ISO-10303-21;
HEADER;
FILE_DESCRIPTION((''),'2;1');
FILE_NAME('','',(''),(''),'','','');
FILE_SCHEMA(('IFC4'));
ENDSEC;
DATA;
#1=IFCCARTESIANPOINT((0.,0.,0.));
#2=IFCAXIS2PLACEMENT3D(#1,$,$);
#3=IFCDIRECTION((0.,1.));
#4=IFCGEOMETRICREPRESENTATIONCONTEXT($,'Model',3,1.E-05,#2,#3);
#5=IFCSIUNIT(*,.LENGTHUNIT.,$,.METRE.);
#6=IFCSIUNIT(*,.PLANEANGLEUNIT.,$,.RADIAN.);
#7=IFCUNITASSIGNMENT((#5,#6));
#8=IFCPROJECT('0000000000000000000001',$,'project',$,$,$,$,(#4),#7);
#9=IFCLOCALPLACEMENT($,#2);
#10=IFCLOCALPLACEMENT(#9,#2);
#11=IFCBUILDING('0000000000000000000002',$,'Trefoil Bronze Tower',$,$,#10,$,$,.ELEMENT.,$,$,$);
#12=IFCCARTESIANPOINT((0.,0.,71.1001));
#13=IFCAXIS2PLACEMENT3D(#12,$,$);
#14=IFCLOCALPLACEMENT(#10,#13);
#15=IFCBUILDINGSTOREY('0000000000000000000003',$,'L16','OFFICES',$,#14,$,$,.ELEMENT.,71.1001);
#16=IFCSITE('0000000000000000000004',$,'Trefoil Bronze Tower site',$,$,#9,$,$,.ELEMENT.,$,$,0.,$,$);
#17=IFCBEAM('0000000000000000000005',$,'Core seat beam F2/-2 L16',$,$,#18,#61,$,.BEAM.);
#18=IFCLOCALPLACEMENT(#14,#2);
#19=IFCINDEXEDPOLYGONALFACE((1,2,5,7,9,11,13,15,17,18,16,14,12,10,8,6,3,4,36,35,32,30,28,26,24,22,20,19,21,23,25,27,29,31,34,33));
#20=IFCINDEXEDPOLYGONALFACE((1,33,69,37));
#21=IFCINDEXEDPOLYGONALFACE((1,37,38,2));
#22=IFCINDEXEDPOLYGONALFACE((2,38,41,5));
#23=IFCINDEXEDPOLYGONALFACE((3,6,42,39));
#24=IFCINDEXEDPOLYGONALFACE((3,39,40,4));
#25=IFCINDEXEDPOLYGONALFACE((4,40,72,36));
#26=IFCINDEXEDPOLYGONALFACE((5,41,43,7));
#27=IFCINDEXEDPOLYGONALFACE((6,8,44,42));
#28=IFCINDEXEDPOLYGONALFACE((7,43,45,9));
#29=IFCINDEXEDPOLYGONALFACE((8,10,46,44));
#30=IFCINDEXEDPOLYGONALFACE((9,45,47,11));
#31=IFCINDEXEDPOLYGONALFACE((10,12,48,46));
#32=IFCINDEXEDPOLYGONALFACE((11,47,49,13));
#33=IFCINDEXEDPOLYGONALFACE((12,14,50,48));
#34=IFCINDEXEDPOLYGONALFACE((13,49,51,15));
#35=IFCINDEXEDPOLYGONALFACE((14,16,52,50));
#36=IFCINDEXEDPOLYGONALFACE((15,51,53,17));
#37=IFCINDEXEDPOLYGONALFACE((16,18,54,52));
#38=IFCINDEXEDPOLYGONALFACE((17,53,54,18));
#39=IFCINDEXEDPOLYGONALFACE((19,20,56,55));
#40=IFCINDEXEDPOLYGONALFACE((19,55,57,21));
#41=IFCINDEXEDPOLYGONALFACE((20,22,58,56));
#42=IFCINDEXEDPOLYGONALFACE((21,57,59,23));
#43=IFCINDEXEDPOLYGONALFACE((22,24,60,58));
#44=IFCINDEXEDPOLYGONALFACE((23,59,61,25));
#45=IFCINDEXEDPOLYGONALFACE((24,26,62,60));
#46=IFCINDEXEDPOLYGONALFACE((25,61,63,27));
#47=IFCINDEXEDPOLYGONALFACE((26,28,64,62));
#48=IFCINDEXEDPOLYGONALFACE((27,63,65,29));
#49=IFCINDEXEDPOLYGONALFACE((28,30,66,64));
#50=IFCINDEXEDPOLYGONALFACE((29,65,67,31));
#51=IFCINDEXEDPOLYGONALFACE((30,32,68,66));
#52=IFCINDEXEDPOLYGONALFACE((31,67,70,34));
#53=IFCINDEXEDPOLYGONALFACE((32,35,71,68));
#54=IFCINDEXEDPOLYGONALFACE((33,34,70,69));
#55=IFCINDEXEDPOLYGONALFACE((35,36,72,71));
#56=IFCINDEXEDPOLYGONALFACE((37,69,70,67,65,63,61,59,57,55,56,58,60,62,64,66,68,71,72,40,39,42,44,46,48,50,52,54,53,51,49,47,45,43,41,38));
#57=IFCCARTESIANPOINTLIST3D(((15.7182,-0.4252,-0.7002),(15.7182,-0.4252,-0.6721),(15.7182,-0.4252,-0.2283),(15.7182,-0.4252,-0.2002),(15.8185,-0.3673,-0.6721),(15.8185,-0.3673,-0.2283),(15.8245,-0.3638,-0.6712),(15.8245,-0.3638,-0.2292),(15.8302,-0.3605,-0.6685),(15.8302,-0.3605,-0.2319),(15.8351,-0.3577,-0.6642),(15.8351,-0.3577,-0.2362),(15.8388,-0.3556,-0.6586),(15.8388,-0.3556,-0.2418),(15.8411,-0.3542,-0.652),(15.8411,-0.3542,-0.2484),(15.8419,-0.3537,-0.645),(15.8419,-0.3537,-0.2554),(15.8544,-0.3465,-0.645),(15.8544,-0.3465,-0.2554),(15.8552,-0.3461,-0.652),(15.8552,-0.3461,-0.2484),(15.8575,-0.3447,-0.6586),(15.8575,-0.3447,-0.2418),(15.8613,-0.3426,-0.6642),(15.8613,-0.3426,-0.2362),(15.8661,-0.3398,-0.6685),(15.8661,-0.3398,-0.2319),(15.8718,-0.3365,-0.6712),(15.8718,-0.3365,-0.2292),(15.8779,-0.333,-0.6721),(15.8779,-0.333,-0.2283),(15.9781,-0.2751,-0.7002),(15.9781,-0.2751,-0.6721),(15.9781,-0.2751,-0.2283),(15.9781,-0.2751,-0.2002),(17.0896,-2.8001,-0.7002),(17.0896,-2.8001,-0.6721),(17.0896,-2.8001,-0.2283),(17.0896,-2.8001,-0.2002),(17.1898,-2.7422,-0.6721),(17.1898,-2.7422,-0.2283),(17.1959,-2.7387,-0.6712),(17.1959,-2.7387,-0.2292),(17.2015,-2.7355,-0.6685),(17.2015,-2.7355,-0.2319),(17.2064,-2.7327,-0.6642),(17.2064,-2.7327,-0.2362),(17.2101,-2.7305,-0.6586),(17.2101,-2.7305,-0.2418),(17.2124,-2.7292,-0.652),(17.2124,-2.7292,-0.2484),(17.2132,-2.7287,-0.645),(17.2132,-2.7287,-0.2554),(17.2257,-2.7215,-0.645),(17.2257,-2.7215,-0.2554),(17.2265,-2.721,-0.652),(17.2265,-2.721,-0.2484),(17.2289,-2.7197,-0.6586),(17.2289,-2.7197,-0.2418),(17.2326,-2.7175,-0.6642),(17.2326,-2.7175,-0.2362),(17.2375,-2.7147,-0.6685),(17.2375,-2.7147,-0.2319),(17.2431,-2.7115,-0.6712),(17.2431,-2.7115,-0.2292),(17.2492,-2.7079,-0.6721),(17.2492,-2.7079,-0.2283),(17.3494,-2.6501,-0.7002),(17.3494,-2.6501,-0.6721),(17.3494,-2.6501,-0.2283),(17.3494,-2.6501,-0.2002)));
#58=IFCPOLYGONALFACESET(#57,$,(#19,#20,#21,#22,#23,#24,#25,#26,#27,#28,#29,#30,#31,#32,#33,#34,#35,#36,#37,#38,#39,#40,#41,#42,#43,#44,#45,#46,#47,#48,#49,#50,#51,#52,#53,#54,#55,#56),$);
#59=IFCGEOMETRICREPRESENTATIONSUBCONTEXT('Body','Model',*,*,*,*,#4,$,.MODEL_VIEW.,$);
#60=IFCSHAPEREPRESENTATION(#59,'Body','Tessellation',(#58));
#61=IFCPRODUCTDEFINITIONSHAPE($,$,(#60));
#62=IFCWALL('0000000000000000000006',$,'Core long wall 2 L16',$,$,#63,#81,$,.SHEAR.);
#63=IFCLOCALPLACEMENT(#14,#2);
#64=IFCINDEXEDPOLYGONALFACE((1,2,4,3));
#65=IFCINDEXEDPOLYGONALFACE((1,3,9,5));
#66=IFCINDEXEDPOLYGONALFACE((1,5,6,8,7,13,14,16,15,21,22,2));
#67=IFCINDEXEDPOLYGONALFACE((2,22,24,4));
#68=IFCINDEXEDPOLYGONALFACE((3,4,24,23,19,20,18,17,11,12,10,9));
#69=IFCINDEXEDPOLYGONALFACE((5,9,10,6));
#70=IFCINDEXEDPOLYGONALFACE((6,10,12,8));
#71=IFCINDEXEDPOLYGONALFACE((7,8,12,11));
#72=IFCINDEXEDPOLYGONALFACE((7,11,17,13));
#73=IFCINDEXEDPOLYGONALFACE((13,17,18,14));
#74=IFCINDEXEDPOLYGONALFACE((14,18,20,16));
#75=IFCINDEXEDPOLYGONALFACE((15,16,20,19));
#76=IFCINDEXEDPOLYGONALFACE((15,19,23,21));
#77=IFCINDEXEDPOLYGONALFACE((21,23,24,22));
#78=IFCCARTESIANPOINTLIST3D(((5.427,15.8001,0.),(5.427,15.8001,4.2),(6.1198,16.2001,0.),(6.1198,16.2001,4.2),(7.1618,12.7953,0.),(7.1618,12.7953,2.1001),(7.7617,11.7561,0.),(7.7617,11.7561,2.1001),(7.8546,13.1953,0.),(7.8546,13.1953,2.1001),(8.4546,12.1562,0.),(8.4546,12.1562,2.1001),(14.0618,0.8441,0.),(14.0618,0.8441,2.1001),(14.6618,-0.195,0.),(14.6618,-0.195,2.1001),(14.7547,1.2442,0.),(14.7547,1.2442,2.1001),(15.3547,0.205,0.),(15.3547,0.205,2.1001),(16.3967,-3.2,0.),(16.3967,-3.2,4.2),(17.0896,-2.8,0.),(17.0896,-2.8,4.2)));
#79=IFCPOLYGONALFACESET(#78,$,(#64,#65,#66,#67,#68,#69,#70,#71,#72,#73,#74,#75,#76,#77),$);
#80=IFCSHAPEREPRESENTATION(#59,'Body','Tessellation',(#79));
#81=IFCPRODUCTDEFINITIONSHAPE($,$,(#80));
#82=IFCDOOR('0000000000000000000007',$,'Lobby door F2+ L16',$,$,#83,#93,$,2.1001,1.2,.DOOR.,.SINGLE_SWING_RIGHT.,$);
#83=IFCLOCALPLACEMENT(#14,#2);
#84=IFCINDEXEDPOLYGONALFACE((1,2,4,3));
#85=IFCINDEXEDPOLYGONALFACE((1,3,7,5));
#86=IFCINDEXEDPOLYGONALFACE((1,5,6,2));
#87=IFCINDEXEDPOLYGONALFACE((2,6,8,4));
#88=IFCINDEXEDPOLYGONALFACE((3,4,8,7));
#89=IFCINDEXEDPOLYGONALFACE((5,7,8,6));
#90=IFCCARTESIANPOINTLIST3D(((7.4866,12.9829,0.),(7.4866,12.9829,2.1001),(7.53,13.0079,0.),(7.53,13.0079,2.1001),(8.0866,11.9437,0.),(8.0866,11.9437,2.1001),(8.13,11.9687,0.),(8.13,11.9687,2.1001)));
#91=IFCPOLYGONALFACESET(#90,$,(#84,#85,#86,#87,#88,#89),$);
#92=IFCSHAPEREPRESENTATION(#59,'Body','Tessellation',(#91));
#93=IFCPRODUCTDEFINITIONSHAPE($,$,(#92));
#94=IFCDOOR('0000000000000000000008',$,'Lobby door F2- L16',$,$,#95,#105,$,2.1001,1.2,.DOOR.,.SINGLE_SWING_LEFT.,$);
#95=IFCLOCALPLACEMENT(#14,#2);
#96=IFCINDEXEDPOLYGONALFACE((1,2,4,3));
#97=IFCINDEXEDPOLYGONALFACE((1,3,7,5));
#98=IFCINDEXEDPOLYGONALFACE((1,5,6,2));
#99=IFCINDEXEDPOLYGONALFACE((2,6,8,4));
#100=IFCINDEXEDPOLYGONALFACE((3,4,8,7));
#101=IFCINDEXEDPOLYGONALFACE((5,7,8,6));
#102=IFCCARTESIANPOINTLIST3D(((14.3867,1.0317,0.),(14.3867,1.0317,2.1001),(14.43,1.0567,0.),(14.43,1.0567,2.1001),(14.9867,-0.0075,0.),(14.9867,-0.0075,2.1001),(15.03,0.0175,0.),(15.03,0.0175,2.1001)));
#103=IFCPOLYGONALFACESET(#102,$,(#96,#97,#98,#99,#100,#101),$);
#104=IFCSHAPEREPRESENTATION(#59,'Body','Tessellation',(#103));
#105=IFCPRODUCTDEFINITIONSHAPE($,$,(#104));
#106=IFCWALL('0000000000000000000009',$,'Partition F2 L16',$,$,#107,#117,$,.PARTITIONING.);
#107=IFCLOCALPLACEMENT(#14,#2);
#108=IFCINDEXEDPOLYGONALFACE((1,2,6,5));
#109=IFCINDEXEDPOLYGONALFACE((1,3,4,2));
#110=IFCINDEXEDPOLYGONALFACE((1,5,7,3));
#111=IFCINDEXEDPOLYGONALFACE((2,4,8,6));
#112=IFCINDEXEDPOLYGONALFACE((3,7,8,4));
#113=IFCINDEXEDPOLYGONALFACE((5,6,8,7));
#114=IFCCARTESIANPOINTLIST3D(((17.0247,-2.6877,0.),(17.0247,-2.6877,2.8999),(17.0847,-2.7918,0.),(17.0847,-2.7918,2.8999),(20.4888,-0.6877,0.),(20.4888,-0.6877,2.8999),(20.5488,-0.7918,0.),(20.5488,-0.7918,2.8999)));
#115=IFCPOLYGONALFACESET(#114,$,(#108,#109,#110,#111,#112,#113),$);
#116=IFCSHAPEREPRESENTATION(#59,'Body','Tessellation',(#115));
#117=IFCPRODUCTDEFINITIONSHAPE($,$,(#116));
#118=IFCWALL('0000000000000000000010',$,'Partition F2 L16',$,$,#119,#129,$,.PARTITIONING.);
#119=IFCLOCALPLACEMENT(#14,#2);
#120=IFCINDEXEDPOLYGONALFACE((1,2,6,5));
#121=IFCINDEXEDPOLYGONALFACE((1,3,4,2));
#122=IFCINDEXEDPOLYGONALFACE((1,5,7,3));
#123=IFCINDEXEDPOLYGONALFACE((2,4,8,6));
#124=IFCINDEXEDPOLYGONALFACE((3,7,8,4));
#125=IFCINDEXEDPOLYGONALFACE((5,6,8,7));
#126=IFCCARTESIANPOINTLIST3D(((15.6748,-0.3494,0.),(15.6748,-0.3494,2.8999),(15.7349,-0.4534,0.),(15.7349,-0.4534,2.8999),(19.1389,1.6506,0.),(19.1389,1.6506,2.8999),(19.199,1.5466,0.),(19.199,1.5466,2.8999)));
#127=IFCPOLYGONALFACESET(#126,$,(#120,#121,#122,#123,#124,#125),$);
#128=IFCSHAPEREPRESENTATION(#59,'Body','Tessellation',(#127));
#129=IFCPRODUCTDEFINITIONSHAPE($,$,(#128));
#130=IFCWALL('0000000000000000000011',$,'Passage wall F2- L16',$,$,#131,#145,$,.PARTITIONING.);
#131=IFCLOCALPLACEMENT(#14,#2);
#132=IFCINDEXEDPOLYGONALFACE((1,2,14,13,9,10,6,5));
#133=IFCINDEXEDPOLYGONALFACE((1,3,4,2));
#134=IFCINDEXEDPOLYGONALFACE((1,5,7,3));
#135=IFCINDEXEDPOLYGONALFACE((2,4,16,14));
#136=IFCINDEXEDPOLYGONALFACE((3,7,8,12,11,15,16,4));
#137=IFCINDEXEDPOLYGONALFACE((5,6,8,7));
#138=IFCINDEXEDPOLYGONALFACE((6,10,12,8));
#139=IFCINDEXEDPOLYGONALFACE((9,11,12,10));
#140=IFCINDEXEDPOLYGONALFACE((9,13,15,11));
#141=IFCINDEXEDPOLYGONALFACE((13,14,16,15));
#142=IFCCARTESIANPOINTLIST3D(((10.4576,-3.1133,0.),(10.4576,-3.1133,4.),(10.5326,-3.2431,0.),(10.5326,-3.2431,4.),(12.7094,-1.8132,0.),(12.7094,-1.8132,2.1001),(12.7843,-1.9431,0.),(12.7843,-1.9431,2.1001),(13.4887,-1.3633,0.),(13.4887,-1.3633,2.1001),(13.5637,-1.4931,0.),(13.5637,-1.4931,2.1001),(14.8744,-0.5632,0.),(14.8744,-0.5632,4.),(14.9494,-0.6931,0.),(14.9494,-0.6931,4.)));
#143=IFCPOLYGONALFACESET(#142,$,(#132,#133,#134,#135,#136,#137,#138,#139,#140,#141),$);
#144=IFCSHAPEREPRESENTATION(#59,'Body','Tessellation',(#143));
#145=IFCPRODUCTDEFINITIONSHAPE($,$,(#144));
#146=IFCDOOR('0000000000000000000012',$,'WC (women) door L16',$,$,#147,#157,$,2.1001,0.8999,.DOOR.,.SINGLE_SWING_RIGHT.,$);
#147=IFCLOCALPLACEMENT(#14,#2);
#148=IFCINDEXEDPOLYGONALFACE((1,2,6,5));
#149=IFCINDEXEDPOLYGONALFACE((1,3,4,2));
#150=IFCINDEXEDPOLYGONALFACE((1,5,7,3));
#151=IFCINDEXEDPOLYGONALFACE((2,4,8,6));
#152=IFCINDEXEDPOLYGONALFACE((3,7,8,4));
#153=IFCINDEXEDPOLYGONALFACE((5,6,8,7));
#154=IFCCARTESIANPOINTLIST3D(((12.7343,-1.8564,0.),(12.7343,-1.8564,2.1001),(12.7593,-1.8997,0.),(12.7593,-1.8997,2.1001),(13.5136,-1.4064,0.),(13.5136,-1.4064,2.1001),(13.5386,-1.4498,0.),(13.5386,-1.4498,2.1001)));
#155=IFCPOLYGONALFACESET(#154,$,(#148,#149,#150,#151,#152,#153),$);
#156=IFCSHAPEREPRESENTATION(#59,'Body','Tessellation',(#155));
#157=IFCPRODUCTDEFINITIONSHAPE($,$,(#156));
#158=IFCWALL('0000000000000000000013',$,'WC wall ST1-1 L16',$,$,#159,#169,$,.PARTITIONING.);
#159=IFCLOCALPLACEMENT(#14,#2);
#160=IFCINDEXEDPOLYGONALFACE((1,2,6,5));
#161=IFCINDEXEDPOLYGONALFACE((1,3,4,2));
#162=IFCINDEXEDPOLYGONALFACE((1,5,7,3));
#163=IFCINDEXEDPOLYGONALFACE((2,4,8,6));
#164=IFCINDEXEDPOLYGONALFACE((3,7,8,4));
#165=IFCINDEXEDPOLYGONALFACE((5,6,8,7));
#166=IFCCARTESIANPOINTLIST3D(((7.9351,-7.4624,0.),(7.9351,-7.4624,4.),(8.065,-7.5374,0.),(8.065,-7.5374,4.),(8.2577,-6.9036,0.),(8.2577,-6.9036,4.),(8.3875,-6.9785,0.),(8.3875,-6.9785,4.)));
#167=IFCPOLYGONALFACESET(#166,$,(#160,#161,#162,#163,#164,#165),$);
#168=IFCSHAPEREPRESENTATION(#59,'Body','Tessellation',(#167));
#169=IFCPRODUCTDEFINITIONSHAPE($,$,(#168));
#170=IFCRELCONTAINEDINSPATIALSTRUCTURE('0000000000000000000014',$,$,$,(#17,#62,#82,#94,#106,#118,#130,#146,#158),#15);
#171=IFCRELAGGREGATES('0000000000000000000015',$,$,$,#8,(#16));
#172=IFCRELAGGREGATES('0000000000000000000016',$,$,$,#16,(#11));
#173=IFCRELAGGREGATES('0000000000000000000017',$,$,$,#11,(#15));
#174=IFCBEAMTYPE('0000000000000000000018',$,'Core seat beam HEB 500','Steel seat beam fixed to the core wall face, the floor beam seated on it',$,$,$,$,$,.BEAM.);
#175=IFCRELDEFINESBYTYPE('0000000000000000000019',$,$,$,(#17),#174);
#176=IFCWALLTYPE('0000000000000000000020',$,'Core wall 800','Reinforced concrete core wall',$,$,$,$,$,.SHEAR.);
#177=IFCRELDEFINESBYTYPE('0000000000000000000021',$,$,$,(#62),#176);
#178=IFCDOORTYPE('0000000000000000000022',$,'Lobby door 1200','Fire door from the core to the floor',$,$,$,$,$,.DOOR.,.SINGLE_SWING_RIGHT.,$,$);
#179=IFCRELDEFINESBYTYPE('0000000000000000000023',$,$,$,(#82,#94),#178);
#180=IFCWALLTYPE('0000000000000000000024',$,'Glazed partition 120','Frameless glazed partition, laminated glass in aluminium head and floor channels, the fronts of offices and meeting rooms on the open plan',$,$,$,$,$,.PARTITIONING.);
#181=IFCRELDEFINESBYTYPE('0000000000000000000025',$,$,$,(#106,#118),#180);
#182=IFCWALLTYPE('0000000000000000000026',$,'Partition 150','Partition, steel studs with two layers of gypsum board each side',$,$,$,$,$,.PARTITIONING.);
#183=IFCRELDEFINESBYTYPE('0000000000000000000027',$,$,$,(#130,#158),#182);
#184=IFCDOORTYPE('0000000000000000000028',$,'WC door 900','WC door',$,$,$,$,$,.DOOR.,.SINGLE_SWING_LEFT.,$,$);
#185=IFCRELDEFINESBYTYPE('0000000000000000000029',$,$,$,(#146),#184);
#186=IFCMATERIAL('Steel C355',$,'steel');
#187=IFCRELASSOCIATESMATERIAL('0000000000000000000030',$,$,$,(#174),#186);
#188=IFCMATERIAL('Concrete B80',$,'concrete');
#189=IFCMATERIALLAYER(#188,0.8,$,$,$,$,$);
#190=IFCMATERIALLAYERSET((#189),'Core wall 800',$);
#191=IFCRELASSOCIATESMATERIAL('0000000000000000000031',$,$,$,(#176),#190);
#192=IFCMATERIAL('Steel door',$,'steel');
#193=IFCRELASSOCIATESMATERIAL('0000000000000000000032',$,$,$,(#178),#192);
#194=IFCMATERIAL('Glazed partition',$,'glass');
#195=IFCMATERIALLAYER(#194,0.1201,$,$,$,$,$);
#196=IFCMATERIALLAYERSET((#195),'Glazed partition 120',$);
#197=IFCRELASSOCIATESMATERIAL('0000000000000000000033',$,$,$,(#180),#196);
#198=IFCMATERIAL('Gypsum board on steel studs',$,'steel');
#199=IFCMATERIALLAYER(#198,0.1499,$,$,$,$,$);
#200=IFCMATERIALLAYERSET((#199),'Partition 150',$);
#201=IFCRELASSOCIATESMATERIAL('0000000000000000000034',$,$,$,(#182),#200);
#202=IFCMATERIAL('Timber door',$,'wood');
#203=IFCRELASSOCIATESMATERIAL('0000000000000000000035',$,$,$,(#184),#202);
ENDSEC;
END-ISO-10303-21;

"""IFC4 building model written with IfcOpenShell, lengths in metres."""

from ifc_helpers import new_model, si_unit, direction, frame, frame_2d, origin, origin_2d, place, context, subcontext, project, spatial, rectangle, i_section, extrude, material, layer, layer_set, material_profile, profile_set, type_object, element, fill, save


model = new_model("IFC4")

# Units and contexts
model_context = context("Model", 3, precision=1e-05, world=origin(), true_north=direction((0.0, 1.0)))
body_context = subcontext(model_context, "Body", "Model", "MODEL_VIEW")
ifc_project = project(units=[si_unit("LENGTHUNIT", "METRE"), si_unit("PLANEANGLEUNIT", "RADIAN")], contexts=[model_context])

# Site, building, storey
site_placement = place(None, origin())
site = spatial("IfcSite", under=ifc_project, at=site_placement, Name="Trefoil Bronze Tower site", CompositionType="ELEMENT", RefElevation=0.0)
building_placement = place(site_placement, origin())
building = spatial("IfcBuilding", under=site, at=building_placement, Name="Trefoil Bronze Tower", CompositionType="ELEMENT")
storey_placement = place(building_placement, frame((0.0, 0.0, 71.1001)))
storey = spatial("IfcBuildingStorey", under=building, at=storey_placement, Name="L16", Description="OFFICES", CompositionType="ELEMENT", Elevation=71.1001)

# Beam
ifc_material_1 = material(Name="Steel C355", Category="steel")
ifc_material_profile = material_profile(ifc_material_1, i_section(OverallWidth=0.3, OverallDepth=0.5, WebThickness=0.0144, FlangeThickness=0.0281, FilletRadius=0.0271, at=origin_2d()), Name="HEB 500")
ifc_profile_set = profile_set([ifc_material_profile], Name="Steel C355")
beam_type = type_object("IfcBeamType", Name="Core seat beam HEB 500", Description="Steel seat beam fixed to the core wall face, the floor beam seated on it", PredefinedType="BEAM", material=ifc_profile_set)
beam_placement = place(storey_placement, frame((17.2195, -2.7251, -0.4502), z_axis=(-0.500036, 0.866005, 0.0), x_axis=(-0.866005, -0.500036, 0.0)))
element("IfcBeam", 1, at=beam_placement, inside=storey, type_object=beam_type, Name="Core seat beam F2/-2 L16", PredefinedType="BEAM", context=body_context, shape_type="SweptSolid", body=[
    extrude(i_section(OverallWidth=0.3, OverallDepth=0.5, WebThickness=0.0144, FlangeThickness=0.0281, FilletRadius=0.0271, at=origin_2d()), origin(), (0.0, 0.0, 1.0), 2.7424),
])

# Wall, openings, doors
ifc_material_2 = material(Name="Concrete B80", Category="concrete")
ifc_layer_1 = layer(ifc_material_2, 0.8)
ifc_layer_set_1 = layer_set([ifc_layer_1], Name="Core wall 800")
wall_type_1 = type_object("IfcWallType", Name="Core wall 800", Description="Reinforced concrete core wall", PredefinedType="SHEAR", material=ifc_layer_set_1)
wall_1_placement = place(storey_placement, frame((16.7432, -3.0, 0.0), z_axis=(0.0, 0.0, 1.0), x_axis=(-0.500002, 0.866024, 0.0)))
wall_1 = element("IfcWall", 2, at=wall_1_placement, inside=storey, type_object=wall_type_1, Name="Core long wall 2 L16", PredefinedType="SHEAR", context=body_context, shape_type="SweptSolid", body=[
    extrude(rectangle(XDim=21.9395, YDim=0.8, at=frame_2d((10.9697, 0.0))), origin(), (0.0, 0.0, 1.0), 4.2),
])
opening_1_placement = place(wall_1_placement, frame((17.2698, 0.0, 0.0)))
opening_1 = element("IfcOpeningElement", 3, at=opening_1_placement, cuts=wall_1, PredefinedType="OPENING", context=body_context, shape_type="SweptSolid", body=[
    extrude(rectangle(XDim=1.2, YDim=2.1001, at=frame_2d((0.6001, 1.05))), frame((0.0, 0.4099, 0.0), z_axis=(0.0, -1.0, 0.0), x_axis=(1.0, 0.0, 0.0)), (0.0, 0.0, 1.0), 0.8201),
])
opening_2_placement = place(wall_1_placement, frame((3.4697, 0.0, 0.0)))
opening_2 = element("IfcOpeningElement", 4, at=opening_2_placement, cuts=wall_1, PredefinedType="OPENING", context=body_context, shape_type="SweptSolid", body=[
    extrude(rectangle(XDim=1.2, YDim=2.1001, at=frame_2d((0.6001, 1.05))), frame((0.0, 0.4099, 0.0), z_axis=(0.0, -1.0, 0.0), x_axis=(1.0, 0.0, 0.0)), (0.0, 0.0, 1.0), 0.8201),
])
ifc_material_3 = material(Name="Steel door", Category="steel")
door_type_1 = type_object("IfcDoorType", Name="Lobby door 1200", Description="Fire door from the core to the floor", OperationType="SINGLE_SWING_RIGHT", PredefinedType="DOOR", material=ifc_material_3)
door_1_placement = place(opening_1_placement, origin())
door_1 = element("IfcDoor", 5, at=door_1_placement, inside=storey, type_object=door_type_1, Name="Lobby door F2+ L16", OperationType="SINGLE_SWING_RIGHT", OverallHeight=2.1001, OverallWidth=1.2, PredefinedType="DOOR", context=body_context, shape_type="SweptSolid", body=[
    extrude(rectangle(XDim=1.2, YDim=2.1001, at=frame_2d((0.6001, 1.05))), frame((0.0, 0.0249, 0.0), z_axis=(0.0, -1.0, 0.0), x_axis=(1.0, 0.0, 0.0)), (0.0, 0.0, 1.0), 0.05),
])
fill(opening_1, door_1)
door_2_placement = place(opening_2_placement, origin())
door_2 = element("IfcDoor", 6, at=door_2_placement, inside=storey, type_object=door_type_1, Name="Lobby door F2- L16", OperationType="SINGLE_SWING_LEFT", OverallHeight=2.1001, OverallWidth=1.2, PredefinedType="DOOR", context=body_context, shape_type="SweptSolid", body=[
    extrude(rectangle(XDim=1.2, YDim=2.1001, at=frame_2d((0.6001, 1.05))), frame((0.0, 0.0249, 0.0), z_axis=(0.0, -1.0, 0.0), x_axis=(1.0, 0.0, 0.0)), (0.0, 0.0, 1.0), 0.05),
])
fill(opening_2, door_2)

# Walls
ifc_material_4 = material(Name="Glazed partition", Category="glass")
ifc_layer_2 = layer(ifc_material_4, 0.1201)
ifc_layer_set_2 = layer_set([ifc_layer_2], Name="Glazed partition 120")
wall_type_2 = type_object("IfcWallType", Name="Glazed partition 120", Description="Frameless glazed partition, laminated glass in aluminium head and floor channels, the fronts of offices and meeting rooms on the open plan", PredefinedType="PARTITIONING", material=ifc_layer_set_2)
for number, where, z_axis, x_axis, name in (
    (7, (17.0547, -2.7397, 0.0), (0.0, 0.0, 1.0), (0.866026, 0.499999, 0.0), "Partition F2 L16"),
    (8, (15.7048, -0.4014, 0.0), (0.0, 0.0, 1.0), (0.866026, 0.499999, 0.0), "Partition F2 L16"),
):
    element("IfcWall", number, at=place(storey_placement, frame(where, z_axis=z_axis, x_axis=x_axis)), inside=storey, type_object=wall_type_2, Name=name, PredefinedType="PARTITIONING", context=body_context, shape_type="SweptSolid", body=[
        extrude(rectangle(XDim=4.0, YDim=0.1201, at=frame_2d((2.0, 0.0))), origin(), (0.0, 0.0, 1.0), 2.8999),
    ])

# Wall, opening, door
ifc_material_5 = material(Name="Gypsum board on steel studs", Category="steel")
ifc_layer_3 = layer(ifc_material_5, 0.1499)
ifc_layer_set_3 = layer_set([ifc_layer_3], Name="Partition 150")
wall_type_3 = type_object("IfcWallType", Name="Partition 150", Description="Partition, steel studs with two layers of gypsum board each side", PredefinedType="PARTITIONING", material=ifc_layer_set_3)
wall_2_placement = place(storey_placement, frame((10.4951, -3.1782, 0.0), z_axis=(0.0, 0.0, 1.0), x_axis=(0.866022, 0.500006, 0.0)))
wall_2 = element("IfcWall", 9, at=wall_2_placement, inside=storey, type_object=wall_type_3, Name="Passage wall F2- L16", PredefinedType="PARTITIONING", context=body_context, shape_type="SweptSolid", body=[
    extrude(rectangle(XDim=5.1001, YDim=0.1499, at=frame_2d((2.55, 0.0))), origin(), (0.0, 0.0, 1.0), 4.0),
])
opening_3_placement = place(wall_2_placement, frame((2.6001, 0.0, 0.0)))
opening_3 = element("IfcOpeningElement", 10, at=opening_3_placement, cuts=wall_2, PredefinedType="OPENING", context=body_context, shape_type="SweptSolid", body=[
    extrude(rectangle(XDim=0.8999, YDim=2.1001, at=frame_2d((0.45, 1.05))), frame((0.0, 0.085, 0.0), z_axis=(0.0, -1.0, 0.0), x_axis=(1.0, 0.0, 0.0)), (0.0, 0.0, 1.0), 0.1699),
])
ifc_material_6 = material(Name="Timber door", Category="wood")
door_type_2 = type_object("IfcDoorType", Name="WC door 900", Description="WC door", OperationType="SINGLE_SWING_LEFT", PredefinedType="DOOR", material=ifc_material_6)
door_3_placement = place(opening_3_placement, frame((0.8999, 0.0, 0.0), z_axis=(0.0, 0.0, 1.0), x_axis=(-1.0, 0.0, 0.0)))
door_3 = element("IfcDoor", 11, at=door_3_placement, inside=storey, type_object=door_type_2, Name="WC (women) door L16", OperationType="SINGLE_SWING_RIGHT", OverallHeight=2.1001, OverallWidth=0.8999, PredefinedType="DOOR", context=body_context, shape_type="SweptSolid", body=[
    extrude(rectangle(XDim=0.8999, YDim=2.1001, at=frame_2d((0.45, 1.05))), frame((0.0, 0.0249, 0.0), z_axis=(0.0, -1.0, 0.0), x_axis=(1.0, 0.0, 0.0)), (0.0, 0.0, 1.0), 0.05),
])
fill(opening_3, door_3)

# Wall
for number, where, z_axis, x_axis, name in (
    (12, (8.0, -7.5, 0.0), (0.0, 0.0, 1.0), (0.499843, 0.866116, 0.0), "WC wall ST1-1 L16"),
):
    element("IfcWall", number, at=place(storey_placement, frame(where, z_axis=z_axis, x_axis=x_axis)), inside=storey, type_object=wall_type_3, Name=name, PredefinedType="PARTITIONING", context=body_context, shape_type="SweptSolid", body=[
        extrude(rectangle(XDim=0.6453, YDim=0.1499, at=frame_2d((0.3228, 0.0))), origin(), (0.0, 0.0, 1.0), 4.0),
    ])

save(model, "model.ifc")
